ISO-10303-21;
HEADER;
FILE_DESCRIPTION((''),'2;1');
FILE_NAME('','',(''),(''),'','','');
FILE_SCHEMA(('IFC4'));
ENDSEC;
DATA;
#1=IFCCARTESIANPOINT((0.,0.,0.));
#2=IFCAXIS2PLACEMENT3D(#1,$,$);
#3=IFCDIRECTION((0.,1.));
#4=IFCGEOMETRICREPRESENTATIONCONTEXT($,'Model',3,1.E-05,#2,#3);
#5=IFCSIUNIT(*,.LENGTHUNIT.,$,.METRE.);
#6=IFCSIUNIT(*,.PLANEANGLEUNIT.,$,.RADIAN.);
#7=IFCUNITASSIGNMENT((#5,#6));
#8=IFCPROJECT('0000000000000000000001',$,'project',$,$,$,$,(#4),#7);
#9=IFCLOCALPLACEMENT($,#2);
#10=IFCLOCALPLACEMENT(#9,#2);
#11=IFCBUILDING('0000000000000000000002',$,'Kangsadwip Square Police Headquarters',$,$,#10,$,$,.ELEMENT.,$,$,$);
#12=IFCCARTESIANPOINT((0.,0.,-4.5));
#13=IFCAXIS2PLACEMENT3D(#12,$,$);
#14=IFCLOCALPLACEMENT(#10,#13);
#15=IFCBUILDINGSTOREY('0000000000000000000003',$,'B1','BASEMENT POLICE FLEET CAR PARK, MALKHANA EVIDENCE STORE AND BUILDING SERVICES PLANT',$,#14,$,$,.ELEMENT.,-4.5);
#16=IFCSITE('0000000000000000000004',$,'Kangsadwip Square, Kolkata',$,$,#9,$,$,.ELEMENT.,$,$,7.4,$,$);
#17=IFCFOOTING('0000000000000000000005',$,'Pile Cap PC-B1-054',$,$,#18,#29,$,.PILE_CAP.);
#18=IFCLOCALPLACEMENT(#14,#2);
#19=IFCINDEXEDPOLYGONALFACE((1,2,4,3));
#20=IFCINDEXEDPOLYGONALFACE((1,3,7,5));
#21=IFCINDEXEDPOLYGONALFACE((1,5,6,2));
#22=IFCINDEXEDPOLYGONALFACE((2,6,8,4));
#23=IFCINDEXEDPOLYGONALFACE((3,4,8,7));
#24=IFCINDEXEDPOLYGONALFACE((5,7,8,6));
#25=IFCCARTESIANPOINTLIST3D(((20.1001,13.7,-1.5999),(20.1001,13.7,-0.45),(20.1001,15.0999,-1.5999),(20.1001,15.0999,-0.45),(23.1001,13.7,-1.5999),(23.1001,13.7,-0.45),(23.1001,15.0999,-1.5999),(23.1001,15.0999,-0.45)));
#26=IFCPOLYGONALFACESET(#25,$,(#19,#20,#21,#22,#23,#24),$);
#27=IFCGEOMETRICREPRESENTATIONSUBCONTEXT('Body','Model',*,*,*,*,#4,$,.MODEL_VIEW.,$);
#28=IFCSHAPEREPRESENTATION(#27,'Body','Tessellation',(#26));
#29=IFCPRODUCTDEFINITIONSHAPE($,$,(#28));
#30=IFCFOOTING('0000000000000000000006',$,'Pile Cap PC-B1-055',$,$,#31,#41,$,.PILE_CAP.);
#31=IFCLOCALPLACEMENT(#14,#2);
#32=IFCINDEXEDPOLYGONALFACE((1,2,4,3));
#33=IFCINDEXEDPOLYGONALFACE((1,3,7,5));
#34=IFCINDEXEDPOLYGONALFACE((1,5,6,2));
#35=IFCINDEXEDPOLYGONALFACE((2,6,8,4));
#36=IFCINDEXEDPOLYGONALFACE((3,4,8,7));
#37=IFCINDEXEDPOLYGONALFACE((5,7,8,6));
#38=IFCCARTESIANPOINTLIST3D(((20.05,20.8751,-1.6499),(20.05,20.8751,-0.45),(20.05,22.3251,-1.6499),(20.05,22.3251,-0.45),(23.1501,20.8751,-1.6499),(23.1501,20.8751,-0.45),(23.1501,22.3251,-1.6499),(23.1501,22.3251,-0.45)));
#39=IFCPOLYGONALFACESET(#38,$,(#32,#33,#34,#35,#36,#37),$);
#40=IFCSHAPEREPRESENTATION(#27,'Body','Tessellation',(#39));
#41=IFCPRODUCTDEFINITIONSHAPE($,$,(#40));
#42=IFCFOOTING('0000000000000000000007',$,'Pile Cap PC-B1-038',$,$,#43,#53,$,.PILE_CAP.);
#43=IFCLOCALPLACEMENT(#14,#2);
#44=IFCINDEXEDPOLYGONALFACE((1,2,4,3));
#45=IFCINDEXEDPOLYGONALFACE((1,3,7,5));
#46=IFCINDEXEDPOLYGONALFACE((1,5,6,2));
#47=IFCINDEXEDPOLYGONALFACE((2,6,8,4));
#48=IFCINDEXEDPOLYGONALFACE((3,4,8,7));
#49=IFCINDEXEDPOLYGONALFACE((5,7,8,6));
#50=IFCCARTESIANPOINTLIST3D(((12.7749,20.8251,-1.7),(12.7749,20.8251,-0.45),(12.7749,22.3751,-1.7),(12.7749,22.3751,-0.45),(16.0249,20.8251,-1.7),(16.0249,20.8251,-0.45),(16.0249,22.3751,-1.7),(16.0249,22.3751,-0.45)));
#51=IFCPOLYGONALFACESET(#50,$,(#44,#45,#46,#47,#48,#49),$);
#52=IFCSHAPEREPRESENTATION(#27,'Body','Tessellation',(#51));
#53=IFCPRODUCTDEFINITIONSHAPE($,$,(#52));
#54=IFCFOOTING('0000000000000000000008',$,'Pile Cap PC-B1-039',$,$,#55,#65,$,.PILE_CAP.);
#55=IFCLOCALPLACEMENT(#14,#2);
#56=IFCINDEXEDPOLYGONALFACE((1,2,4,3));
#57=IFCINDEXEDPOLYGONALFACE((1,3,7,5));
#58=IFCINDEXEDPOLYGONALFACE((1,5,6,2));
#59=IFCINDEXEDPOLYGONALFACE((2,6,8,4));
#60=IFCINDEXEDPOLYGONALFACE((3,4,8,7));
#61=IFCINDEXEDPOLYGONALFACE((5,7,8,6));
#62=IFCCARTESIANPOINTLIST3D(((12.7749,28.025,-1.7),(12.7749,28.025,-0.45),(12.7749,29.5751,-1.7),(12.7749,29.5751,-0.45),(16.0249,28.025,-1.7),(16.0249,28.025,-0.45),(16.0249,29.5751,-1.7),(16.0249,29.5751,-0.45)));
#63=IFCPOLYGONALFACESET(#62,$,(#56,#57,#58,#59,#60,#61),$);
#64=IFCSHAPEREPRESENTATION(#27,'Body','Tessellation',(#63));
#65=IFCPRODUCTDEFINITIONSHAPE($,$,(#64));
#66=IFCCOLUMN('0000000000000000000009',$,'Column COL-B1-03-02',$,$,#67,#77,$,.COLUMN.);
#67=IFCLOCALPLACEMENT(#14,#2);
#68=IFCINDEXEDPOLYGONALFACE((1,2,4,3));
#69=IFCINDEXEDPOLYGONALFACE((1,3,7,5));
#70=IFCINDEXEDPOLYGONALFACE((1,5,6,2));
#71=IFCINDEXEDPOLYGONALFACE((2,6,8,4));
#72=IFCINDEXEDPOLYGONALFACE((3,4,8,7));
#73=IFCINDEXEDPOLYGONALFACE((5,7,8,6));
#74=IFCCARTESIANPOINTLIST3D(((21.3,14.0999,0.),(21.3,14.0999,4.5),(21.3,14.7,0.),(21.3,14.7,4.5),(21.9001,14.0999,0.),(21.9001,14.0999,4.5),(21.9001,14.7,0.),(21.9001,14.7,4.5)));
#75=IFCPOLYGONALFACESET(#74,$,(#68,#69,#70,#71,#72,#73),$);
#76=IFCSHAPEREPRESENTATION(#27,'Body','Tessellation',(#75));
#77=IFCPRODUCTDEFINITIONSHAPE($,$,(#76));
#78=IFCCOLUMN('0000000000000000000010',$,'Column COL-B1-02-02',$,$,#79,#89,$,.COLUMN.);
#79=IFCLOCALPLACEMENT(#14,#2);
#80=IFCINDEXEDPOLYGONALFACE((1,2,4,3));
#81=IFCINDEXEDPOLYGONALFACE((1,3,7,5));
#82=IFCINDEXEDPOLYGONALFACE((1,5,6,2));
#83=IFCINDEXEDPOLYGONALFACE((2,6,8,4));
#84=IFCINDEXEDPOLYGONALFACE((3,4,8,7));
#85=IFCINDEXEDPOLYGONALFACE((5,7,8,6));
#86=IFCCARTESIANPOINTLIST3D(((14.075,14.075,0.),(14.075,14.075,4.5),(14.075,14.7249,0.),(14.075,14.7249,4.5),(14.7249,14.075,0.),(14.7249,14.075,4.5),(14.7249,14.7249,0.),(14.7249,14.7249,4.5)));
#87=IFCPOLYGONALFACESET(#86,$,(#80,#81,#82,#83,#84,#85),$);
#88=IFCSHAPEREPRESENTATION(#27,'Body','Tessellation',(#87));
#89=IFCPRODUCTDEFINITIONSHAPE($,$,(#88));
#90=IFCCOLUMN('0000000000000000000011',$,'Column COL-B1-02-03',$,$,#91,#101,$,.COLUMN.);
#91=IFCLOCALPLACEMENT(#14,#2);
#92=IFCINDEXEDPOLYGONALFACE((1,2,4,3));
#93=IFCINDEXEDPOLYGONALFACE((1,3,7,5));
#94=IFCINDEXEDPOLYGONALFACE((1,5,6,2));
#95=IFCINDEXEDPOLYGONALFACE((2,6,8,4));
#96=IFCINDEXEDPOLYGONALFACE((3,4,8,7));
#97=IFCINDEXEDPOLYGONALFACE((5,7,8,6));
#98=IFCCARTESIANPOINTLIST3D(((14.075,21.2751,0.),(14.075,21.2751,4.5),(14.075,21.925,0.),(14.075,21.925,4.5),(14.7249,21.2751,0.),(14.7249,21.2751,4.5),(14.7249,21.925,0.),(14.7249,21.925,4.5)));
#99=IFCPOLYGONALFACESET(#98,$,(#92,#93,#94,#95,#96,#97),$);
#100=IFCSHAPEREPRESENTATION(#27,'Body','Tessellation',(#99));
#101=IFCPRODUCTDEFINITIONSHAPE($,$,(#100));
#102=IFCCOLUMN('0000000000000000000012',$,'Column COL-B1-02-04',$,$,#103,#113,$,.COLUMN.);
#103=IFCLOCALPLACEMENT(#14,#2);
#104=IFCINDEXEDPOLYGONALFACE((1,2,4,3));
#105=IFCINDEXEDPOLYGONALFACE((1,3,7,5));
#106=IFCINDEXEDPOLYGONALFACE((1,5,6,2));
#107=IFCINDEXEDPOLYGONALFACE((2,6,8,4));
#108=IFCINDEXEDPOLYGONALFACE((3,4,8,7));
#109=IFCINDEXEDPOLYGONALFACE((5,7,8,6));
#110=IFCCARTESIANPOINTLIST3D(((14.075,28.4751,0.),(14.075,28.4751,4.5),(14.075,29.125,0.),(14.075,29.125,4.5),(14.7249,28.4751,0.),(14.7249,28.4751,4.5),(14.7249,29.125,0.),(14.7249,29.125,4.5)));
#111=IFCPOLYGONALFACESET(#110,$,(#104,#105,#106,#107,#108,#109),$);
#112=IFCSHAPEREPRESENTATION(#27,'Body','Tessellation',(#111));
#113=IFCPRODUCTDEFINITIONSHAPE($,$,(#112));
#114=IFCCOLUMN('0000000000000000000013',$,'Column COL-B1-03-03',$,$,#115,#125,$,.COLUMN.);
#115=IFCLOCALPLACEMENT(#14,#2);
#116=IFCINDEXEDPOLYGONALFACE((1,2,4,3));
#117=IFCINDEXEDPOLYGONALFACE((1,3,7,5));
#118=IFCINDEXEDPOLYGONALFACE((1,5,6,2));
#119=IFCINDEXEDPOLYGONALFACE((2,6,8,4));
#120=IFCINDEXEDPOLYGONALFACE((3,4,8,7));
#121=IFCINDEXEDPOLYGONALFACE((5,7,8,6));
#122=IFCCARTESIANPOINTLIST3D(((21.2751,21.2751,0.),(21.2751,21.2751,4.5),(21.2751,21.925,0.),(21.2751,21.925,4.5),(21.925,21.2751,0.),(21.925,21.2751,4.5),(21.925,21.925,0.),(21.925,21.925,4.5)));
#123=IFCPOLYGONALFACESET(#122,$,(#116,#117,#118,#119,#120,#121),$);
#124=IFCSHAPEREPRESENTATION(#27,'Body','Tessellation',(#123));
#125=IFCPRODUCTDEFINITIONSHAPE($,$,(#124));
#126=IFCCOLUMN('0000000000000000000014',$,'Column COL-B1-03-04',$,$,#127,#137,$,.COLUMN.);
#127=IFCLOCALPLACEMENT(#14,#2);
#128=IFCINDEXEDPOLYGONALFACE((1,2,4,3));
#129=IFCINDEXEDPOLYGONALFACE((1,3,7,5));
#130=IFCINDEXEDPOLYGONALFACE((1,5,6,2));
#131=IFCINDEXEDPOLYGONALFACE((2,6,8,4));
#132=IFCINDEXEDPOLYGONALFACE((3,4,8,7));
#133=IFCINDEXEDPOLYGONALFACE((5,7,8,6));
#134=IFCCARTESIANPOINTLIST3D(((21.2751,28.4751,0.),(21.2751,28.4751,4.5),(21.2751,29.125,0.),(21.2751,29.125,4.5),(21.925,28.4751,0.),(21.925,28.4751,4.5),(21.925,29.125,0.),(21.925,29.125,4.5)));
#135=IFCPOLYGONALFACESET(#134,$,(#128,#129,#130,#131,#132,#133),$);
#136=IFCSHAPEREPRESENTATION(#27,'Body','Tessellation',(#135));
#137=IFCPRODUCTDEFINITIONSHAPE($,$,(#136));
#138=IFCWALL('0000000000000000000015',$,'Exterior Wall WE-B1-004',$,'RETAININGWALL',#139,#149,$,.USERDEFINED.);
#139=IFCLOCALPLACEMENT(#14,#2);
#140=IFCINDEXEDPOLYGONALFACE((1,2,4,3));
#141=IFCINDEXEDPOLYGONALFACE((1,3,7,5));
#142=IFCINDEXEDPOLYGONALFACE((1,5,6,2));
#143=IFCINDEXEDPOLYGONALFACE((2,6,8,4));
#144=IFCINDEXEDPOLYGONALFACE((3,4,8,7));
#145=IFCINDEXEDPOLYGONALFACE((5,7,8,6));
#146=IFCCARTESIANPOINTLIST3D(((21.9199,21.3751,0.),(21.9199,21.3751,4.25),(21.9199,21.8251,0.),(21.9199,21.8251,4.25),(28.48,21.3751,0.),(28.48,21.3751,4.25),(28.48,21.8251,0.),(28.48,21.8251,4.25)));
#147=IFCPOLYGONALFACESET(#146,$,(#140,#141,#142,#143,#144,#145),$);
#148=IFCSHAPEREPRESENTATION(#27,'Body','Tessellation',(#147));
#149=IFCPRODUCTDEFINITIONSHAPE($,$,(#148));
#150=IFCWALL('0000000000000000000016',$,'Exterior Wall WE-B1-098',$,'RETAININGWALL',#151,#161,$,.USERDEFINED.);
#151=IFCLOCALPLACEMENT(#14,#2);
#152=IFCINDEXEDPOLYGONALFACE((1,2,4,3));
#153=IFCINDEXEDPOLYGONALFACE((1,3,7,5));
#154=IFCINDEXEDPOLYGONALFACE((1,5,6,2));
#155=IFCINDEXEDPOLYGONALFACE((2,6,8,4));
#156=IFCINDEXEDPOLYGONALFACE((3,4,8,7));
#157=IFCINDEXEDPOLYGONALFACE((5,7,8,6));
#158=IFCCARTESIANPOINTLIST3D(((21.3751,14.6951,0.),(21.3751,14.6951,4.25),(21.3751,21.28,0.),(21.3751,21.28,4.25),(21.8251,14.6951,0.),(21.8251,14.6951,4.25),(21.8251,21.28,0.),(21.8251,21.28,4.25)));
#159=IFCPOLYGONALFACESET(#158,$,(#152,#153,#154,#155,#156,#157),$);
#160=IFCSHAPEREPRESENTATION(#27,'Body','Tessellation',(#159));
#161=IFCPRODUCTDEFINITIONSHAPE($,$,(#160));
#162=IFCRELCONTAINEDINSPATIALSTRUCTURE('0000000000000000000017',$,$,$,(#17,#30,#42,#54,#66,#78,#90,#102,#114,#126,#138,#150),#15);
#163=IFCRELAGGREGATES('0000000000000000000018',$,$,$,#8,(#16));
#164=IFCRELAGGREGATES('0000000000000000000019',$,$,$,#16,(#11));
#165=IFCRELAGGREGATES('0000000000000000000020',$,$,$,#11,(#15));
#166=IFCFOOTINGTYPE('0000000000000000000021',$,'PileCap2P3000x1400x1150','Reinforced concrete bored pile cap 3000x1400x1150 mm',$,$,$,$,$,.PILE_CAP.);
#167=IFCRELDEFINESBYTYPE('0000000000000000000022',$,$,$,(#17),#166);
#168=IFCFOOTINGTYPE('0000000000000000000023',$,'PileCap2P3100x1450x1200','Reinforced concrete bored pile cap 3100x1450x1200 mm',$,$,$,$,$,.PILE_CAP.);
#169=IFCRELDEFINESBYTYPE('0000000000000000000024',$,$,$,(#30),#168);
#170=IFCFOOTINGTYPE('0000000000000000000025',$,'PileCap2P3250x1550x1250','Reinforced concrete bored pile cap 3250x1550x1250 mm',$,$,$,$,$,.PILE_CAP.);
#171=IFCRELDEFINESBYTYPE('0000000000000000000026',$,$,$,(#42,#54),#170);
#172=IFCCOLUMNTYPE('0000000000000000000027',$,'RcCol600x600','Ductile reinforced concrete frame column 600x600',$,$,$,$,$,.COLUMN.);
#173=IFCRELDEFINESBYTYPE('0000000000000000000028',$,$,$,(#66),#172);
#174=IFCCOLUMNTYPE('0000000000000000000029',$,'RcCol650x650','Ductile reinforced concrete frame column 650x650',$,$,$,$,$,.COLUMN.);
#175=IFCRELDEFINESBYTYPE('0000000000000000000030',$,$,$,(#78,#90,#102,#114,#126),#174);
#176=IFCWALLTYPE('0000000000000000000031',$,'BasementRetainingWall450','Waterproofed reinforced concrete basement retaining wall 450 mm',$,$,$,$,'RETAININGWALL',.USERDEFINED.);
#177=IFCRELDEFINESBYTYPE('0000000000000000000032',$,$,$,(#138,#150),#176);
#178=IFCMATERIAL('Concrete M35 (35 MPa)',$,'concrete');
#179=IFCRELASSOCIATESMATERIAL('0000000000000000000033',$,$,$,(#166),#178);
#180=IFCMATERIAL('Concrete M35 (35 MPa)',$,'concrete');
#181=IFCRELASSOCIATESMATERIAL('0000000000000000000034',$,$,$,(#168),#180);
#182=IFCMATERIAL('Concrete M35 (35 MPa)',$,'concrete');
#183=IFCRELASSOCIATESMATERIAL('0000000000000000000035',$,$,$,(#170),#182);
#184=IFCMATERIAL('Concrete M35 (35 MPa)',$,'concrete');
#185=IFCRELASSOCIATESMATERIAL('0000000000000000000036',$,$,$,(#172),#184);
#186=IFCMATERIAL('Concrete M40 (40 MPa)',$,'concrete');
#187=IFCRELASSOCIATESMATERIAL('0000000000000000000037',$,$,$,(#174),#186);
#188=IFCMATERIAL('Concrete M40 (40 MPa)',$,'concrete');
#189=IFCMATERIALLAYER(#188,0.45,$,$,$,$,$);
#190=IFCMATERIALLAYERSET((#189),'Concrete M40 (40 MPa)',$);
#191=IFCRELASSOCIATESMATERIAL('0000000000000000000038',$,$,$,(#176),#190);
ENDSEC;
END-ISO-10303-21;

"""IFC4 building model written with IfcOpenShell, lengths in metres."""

from ifc_helpers import new_model, si_unit, direction, frame, frame_2d, origin, origin_2d, place, context, subcontext, project, spatial, rectangle, extrude, material, layer, layer_set, material_profile, profile_set, type_object, element, save


model = new_model("IFC4")

# Units and contexts
model_context = context("Model", 3, precision=1e-05, world=origin(), true_north=direction((0.0, 1.0)))
body_context = subcontext(model_context, "Body", "Model", "MODEL_VIEW")
ifc_project = project(units=[si_unit("LENGTHUNIT", "METRE"), si_unit("PLANEANGLEUNIT", "RADIAN")], contexts=[model_context])

# Site, building, storey
site_placement = place(None, origin())
site = spatial("IfcSite", under=ifc_project, at=site_placement, Name="Kangsadwip Square, Kolkata", CompositionType="ELEMENT", RefElevation=7.4)
building_placement = place(site_placement, origin())
building = spatial("IfcBuilding", under=site, at=building_placement, Name="Kangsadwip Square Police Headquarters", CompositionType="ELEMENT")
storey_placement = place(building_placement, frame((0.0, 0.0, -4.5)))
storey = spatial("IfcBuildingStorey", under=building, at=storey_placement, Name="B1", Description="BASEMENT POLICE FLEET CAR PARK, MALKHANA EVIDENCE STORE AND BUILDING SERVICES PLANT", CompositionType="ELEMENT", Elevation=-4.5)

# Footings
ifc_material_1 = material(Name="Concrete M35 (35 MPa)", Category="concrete")
footing_type_1 = type_object("IfcFootingType", Name="PileCap2P3000x1400x1150", Description="Reinforced concrete bored pile cap 3000x1400x1150 mm", PredefinedType="PILE_CAP", material=ifc_material_1)
footing_1_placement = place(storey_placement, frame((21.6001, 14.3999, -1.5999), z_axis=(0.0, 0.0, 1.0), x_axis=(1.0, 0.0, 0.0)))
element("IfcFooting", 1, at=footing_1_placement, inside=storey, type_object=footing_type_1, Name="Pile Cap PC-B1-054", PredefinedType="PILE_CAP", context=body_context, shape_type="SweptSolid", body=[
    extrude(rectangle(XDim=3.0, YDim=1.3999, at=origin_2d()), origin(), (0.0, 0.0, 1.0), 1.1499),
])
ifc_material_2 = material(Name="Concrete M35 (35 MPa)", Category="concrete")
footing_type_2 = type_object("IfcFootingType", Name="PileCap2P3100x1450x1200", Description="Reinforced concrete bored pile cap 3100x1450x1200 mm", PredefinedType="PILE_CAP", material=ifc_material_2)
footing_2_placement = place(storey_placement, frame((21.6001, 21.6001, -1.6499), z_axis=(0.0, 0.0, 1.0), x_axis=(1.0, 0.0, 0.0)))
element("IfcFooting", 2, at=footing_2_placement, inside=storey, type_object=footing_type_2, Name="Pile Cap PC-B1-055", PredefinedType="PILE_CAP", context=body_context, shape_type="SweptSolid", body=[
    extrude(rectangle(XDim=3.1001, YDim=1.45, at=origin_2d()), origin(), (0.0, 0.0, 1.0), 1.2),
])
ifc_material_3 = material(Name="Concrete M35 (35 MPa)", Category="concrete")
footing_type_3 = type_object("IfcFootingType", Name="PileCap2P3250x1550x1250", Description="Reinforced concrete bored pile cap 3250x1550x1250 mm", PredefinedType="PILE_CAP", material=ifc_material_3)
for number, where, z_axis, x_axis, name in (
    (3, (14.3999, 21.6001, -1.7), (0.0, 0.0, 1.0), (1.0, 0.0, 0.0), "Pile Cap PC-B1-038"),
    (4, (14.3999, 28.8, -1.7), (0.0, 0.0, 1.0), (1.0, 0.0, 0.0), "Pile Cap PC-B1-039"),
):
    element("IfcFooting", number, at=place(storey_placement, frame(where, z_axis=z_axis, x_axis=x_axis)), inside=storey, type_object=footing_type_3, Name=name, PredefinedType="PILE_CAP", context=body_context, shape_type="SweptSolid", body=[
        extrude(rectangle(XDim=3.25, YDim=1.55, at=origin_2d()), origin(), (0.0, 0.0, 1.0), 1.25),
    ])

# Columns
ifc_material_4 = material(Name="Concrete M35 (35 MPa)", Category="concrete")
ifc_material_profile_1 = material_profile(ifc_material_4, rectangle(XDim=0.6001, YDim=0.6001, at=origin_2d()), Name="RC COL 600X600")
ifc_profile_set_1 = profile_set([ifc_material_profile_1], Name="Concrete M35 (35 MPa)")
column_type_1 = type_object("IfcColumnType", Name="RcCol600x600", Description="Ductile reinforced concrete frame column 600x600", PredefinedType="COLUMN", material=ifc_profile_set_1)
column_placement = place(storey_placement, frame((21.6001, 14.3999, 0.0), z_axis=(0.0, 0.0, 1.0), x_axis=(1.0, 0.0, 0.0)))
element("IfcColumn", 5, at=column_placement, inside=storey, type_object=column_type_1, Name="Column COL-B1-03-02", PredefinedType="COLUMN", context=body_context, shape_type="SweptSolid", body=[
    extrude(rectangle(XDim=0.6001, YDim=0.6001, at=origin_2d()), origin(), (0.0, 0.0, 1.0), 4.5),
])
ifc_material_5 = material(Name="Concrete M40 (40 MPa)", Category="concrete")
ifc_material_profile_2 = material_profile(ifc_material_5, rectangle(XDim=0.6499, YDim=0.6499, at=origin_2d()), Name="RC COL 650X650")
ifc_profile_set_2 = profile_set([ifc_material_profile_2], Name="Concrete M40 (40 MPa)")
column_type_2 = type_object("IfcColumnType", Name="RcCol650x650", Description="Ductile reinforced concrete frame column 650x650", PredefinedType="COLUMN", material=ifc_profile_set_2)
for number, where, z_axis, x_axis, name in (
    (6, (14.3999, 14.3999, 0.0), (0.0, 0.0, 1.0), (1.0, 0.0, 0.0), "Column COL-B1-02-02"),
    (7, (14.3999, 21.6001, 0.0), (0.0, 0.0, 1.0), (1.0, 0.0, 0.0), "Column COL-B1-02-03"),
    (8, (14.3999, 28.8, 0.0), (0.0, 0.0, 1.0), (1.0, 0.0, 0.0), "Column COL-B1-02-04"),
    (9, (21.6001, 21.6001, 0.0), (0.0, 0.0, 1.0), (1.0, 0.0, 0.0), "Column COL-B1-03-03"),
    (10, (21.6001, 28.8, 0.0), (0.0, 0.0, 1.0), (1.0, 0.0, 0.0), "Column COL-B1-03-04"),
):
    element("IfcColumn", number, at=place(storey_placement, frame(where, z_axis=z_axis, x_axis=x_axis)), inside=storey, type_object=column_type_2, Name=name, PredefinedType="COLUMN", context=body_context, shape_type="SweptSolid", body=[
        extrude(rectangle(XDim=0.6499, YDim=0.6499, at=origin_2d()), origin(), (0.0, 0.0, 1.0), 4.5),
    ])

# Walls
ifc_material_6 = material(Name="Concrete M40 (40 MPa)", Category="concrete")
ifc_layer = layer(ifc_material_6, 0.45)
ifc_layer_set = layer_set([ifc_layer], Name="Concrete M40 (40 MPa)")
wall_type = type_object("IfcWallType", Name="BasementRetainingWall450", Description="Waterproofed reinforced concrete basement retaining wall 450 mm", ElementType="RETAININGWALL", PredefinedType="USERDEFINED", material=ifc_layer_set)
wall_1_placement = place(storey_placement, frame((21.9199, 21.6001, 0.0), z_axis=(0.0, 0.0, 1.0), x_axis=(1.0, 0.0, 0.0)))
element("IfcWall", 11, at=wall_1_placement, inside=storey, type_object=wall_type, Name="Exterior Wall WE-B1-004", ObjectType="RETAININGWALL", PredefinedType="USERDEFINED", context=body_context, shape_type="SweptSolid", body=[
    extrude(rectangle(XDim=6.5601, YDim=0.45, at=frame_2d((3.28, 0.0))), origin(), (0.0, 0.0, 1.0), 4.25),
])
wall_2_placement = place(storey_placement, frame((21.6001, 14.6951, 0.0), z_axis=(0.0, 0.0, 1.0), x_axis=(0.0, 1.0, 0.0)))
element("IfcWall", 12, at=wall_2_placement, inside=storey, type_object=wall_type, Name="Exterior Wall WE-B1-098", ObjectType="RETAININGWALL", PredefinedType="USERDEFINED", context=body_context, shape_type="SweptSolid", body=[
    extrude(rectangle(XDim=6.585, YDim=0.45, at=frame_2d((3.2925, 0.0))), origin(), (0.0, 0.0, 1.0), 4.25),
])

save(model, "model.ifc")
